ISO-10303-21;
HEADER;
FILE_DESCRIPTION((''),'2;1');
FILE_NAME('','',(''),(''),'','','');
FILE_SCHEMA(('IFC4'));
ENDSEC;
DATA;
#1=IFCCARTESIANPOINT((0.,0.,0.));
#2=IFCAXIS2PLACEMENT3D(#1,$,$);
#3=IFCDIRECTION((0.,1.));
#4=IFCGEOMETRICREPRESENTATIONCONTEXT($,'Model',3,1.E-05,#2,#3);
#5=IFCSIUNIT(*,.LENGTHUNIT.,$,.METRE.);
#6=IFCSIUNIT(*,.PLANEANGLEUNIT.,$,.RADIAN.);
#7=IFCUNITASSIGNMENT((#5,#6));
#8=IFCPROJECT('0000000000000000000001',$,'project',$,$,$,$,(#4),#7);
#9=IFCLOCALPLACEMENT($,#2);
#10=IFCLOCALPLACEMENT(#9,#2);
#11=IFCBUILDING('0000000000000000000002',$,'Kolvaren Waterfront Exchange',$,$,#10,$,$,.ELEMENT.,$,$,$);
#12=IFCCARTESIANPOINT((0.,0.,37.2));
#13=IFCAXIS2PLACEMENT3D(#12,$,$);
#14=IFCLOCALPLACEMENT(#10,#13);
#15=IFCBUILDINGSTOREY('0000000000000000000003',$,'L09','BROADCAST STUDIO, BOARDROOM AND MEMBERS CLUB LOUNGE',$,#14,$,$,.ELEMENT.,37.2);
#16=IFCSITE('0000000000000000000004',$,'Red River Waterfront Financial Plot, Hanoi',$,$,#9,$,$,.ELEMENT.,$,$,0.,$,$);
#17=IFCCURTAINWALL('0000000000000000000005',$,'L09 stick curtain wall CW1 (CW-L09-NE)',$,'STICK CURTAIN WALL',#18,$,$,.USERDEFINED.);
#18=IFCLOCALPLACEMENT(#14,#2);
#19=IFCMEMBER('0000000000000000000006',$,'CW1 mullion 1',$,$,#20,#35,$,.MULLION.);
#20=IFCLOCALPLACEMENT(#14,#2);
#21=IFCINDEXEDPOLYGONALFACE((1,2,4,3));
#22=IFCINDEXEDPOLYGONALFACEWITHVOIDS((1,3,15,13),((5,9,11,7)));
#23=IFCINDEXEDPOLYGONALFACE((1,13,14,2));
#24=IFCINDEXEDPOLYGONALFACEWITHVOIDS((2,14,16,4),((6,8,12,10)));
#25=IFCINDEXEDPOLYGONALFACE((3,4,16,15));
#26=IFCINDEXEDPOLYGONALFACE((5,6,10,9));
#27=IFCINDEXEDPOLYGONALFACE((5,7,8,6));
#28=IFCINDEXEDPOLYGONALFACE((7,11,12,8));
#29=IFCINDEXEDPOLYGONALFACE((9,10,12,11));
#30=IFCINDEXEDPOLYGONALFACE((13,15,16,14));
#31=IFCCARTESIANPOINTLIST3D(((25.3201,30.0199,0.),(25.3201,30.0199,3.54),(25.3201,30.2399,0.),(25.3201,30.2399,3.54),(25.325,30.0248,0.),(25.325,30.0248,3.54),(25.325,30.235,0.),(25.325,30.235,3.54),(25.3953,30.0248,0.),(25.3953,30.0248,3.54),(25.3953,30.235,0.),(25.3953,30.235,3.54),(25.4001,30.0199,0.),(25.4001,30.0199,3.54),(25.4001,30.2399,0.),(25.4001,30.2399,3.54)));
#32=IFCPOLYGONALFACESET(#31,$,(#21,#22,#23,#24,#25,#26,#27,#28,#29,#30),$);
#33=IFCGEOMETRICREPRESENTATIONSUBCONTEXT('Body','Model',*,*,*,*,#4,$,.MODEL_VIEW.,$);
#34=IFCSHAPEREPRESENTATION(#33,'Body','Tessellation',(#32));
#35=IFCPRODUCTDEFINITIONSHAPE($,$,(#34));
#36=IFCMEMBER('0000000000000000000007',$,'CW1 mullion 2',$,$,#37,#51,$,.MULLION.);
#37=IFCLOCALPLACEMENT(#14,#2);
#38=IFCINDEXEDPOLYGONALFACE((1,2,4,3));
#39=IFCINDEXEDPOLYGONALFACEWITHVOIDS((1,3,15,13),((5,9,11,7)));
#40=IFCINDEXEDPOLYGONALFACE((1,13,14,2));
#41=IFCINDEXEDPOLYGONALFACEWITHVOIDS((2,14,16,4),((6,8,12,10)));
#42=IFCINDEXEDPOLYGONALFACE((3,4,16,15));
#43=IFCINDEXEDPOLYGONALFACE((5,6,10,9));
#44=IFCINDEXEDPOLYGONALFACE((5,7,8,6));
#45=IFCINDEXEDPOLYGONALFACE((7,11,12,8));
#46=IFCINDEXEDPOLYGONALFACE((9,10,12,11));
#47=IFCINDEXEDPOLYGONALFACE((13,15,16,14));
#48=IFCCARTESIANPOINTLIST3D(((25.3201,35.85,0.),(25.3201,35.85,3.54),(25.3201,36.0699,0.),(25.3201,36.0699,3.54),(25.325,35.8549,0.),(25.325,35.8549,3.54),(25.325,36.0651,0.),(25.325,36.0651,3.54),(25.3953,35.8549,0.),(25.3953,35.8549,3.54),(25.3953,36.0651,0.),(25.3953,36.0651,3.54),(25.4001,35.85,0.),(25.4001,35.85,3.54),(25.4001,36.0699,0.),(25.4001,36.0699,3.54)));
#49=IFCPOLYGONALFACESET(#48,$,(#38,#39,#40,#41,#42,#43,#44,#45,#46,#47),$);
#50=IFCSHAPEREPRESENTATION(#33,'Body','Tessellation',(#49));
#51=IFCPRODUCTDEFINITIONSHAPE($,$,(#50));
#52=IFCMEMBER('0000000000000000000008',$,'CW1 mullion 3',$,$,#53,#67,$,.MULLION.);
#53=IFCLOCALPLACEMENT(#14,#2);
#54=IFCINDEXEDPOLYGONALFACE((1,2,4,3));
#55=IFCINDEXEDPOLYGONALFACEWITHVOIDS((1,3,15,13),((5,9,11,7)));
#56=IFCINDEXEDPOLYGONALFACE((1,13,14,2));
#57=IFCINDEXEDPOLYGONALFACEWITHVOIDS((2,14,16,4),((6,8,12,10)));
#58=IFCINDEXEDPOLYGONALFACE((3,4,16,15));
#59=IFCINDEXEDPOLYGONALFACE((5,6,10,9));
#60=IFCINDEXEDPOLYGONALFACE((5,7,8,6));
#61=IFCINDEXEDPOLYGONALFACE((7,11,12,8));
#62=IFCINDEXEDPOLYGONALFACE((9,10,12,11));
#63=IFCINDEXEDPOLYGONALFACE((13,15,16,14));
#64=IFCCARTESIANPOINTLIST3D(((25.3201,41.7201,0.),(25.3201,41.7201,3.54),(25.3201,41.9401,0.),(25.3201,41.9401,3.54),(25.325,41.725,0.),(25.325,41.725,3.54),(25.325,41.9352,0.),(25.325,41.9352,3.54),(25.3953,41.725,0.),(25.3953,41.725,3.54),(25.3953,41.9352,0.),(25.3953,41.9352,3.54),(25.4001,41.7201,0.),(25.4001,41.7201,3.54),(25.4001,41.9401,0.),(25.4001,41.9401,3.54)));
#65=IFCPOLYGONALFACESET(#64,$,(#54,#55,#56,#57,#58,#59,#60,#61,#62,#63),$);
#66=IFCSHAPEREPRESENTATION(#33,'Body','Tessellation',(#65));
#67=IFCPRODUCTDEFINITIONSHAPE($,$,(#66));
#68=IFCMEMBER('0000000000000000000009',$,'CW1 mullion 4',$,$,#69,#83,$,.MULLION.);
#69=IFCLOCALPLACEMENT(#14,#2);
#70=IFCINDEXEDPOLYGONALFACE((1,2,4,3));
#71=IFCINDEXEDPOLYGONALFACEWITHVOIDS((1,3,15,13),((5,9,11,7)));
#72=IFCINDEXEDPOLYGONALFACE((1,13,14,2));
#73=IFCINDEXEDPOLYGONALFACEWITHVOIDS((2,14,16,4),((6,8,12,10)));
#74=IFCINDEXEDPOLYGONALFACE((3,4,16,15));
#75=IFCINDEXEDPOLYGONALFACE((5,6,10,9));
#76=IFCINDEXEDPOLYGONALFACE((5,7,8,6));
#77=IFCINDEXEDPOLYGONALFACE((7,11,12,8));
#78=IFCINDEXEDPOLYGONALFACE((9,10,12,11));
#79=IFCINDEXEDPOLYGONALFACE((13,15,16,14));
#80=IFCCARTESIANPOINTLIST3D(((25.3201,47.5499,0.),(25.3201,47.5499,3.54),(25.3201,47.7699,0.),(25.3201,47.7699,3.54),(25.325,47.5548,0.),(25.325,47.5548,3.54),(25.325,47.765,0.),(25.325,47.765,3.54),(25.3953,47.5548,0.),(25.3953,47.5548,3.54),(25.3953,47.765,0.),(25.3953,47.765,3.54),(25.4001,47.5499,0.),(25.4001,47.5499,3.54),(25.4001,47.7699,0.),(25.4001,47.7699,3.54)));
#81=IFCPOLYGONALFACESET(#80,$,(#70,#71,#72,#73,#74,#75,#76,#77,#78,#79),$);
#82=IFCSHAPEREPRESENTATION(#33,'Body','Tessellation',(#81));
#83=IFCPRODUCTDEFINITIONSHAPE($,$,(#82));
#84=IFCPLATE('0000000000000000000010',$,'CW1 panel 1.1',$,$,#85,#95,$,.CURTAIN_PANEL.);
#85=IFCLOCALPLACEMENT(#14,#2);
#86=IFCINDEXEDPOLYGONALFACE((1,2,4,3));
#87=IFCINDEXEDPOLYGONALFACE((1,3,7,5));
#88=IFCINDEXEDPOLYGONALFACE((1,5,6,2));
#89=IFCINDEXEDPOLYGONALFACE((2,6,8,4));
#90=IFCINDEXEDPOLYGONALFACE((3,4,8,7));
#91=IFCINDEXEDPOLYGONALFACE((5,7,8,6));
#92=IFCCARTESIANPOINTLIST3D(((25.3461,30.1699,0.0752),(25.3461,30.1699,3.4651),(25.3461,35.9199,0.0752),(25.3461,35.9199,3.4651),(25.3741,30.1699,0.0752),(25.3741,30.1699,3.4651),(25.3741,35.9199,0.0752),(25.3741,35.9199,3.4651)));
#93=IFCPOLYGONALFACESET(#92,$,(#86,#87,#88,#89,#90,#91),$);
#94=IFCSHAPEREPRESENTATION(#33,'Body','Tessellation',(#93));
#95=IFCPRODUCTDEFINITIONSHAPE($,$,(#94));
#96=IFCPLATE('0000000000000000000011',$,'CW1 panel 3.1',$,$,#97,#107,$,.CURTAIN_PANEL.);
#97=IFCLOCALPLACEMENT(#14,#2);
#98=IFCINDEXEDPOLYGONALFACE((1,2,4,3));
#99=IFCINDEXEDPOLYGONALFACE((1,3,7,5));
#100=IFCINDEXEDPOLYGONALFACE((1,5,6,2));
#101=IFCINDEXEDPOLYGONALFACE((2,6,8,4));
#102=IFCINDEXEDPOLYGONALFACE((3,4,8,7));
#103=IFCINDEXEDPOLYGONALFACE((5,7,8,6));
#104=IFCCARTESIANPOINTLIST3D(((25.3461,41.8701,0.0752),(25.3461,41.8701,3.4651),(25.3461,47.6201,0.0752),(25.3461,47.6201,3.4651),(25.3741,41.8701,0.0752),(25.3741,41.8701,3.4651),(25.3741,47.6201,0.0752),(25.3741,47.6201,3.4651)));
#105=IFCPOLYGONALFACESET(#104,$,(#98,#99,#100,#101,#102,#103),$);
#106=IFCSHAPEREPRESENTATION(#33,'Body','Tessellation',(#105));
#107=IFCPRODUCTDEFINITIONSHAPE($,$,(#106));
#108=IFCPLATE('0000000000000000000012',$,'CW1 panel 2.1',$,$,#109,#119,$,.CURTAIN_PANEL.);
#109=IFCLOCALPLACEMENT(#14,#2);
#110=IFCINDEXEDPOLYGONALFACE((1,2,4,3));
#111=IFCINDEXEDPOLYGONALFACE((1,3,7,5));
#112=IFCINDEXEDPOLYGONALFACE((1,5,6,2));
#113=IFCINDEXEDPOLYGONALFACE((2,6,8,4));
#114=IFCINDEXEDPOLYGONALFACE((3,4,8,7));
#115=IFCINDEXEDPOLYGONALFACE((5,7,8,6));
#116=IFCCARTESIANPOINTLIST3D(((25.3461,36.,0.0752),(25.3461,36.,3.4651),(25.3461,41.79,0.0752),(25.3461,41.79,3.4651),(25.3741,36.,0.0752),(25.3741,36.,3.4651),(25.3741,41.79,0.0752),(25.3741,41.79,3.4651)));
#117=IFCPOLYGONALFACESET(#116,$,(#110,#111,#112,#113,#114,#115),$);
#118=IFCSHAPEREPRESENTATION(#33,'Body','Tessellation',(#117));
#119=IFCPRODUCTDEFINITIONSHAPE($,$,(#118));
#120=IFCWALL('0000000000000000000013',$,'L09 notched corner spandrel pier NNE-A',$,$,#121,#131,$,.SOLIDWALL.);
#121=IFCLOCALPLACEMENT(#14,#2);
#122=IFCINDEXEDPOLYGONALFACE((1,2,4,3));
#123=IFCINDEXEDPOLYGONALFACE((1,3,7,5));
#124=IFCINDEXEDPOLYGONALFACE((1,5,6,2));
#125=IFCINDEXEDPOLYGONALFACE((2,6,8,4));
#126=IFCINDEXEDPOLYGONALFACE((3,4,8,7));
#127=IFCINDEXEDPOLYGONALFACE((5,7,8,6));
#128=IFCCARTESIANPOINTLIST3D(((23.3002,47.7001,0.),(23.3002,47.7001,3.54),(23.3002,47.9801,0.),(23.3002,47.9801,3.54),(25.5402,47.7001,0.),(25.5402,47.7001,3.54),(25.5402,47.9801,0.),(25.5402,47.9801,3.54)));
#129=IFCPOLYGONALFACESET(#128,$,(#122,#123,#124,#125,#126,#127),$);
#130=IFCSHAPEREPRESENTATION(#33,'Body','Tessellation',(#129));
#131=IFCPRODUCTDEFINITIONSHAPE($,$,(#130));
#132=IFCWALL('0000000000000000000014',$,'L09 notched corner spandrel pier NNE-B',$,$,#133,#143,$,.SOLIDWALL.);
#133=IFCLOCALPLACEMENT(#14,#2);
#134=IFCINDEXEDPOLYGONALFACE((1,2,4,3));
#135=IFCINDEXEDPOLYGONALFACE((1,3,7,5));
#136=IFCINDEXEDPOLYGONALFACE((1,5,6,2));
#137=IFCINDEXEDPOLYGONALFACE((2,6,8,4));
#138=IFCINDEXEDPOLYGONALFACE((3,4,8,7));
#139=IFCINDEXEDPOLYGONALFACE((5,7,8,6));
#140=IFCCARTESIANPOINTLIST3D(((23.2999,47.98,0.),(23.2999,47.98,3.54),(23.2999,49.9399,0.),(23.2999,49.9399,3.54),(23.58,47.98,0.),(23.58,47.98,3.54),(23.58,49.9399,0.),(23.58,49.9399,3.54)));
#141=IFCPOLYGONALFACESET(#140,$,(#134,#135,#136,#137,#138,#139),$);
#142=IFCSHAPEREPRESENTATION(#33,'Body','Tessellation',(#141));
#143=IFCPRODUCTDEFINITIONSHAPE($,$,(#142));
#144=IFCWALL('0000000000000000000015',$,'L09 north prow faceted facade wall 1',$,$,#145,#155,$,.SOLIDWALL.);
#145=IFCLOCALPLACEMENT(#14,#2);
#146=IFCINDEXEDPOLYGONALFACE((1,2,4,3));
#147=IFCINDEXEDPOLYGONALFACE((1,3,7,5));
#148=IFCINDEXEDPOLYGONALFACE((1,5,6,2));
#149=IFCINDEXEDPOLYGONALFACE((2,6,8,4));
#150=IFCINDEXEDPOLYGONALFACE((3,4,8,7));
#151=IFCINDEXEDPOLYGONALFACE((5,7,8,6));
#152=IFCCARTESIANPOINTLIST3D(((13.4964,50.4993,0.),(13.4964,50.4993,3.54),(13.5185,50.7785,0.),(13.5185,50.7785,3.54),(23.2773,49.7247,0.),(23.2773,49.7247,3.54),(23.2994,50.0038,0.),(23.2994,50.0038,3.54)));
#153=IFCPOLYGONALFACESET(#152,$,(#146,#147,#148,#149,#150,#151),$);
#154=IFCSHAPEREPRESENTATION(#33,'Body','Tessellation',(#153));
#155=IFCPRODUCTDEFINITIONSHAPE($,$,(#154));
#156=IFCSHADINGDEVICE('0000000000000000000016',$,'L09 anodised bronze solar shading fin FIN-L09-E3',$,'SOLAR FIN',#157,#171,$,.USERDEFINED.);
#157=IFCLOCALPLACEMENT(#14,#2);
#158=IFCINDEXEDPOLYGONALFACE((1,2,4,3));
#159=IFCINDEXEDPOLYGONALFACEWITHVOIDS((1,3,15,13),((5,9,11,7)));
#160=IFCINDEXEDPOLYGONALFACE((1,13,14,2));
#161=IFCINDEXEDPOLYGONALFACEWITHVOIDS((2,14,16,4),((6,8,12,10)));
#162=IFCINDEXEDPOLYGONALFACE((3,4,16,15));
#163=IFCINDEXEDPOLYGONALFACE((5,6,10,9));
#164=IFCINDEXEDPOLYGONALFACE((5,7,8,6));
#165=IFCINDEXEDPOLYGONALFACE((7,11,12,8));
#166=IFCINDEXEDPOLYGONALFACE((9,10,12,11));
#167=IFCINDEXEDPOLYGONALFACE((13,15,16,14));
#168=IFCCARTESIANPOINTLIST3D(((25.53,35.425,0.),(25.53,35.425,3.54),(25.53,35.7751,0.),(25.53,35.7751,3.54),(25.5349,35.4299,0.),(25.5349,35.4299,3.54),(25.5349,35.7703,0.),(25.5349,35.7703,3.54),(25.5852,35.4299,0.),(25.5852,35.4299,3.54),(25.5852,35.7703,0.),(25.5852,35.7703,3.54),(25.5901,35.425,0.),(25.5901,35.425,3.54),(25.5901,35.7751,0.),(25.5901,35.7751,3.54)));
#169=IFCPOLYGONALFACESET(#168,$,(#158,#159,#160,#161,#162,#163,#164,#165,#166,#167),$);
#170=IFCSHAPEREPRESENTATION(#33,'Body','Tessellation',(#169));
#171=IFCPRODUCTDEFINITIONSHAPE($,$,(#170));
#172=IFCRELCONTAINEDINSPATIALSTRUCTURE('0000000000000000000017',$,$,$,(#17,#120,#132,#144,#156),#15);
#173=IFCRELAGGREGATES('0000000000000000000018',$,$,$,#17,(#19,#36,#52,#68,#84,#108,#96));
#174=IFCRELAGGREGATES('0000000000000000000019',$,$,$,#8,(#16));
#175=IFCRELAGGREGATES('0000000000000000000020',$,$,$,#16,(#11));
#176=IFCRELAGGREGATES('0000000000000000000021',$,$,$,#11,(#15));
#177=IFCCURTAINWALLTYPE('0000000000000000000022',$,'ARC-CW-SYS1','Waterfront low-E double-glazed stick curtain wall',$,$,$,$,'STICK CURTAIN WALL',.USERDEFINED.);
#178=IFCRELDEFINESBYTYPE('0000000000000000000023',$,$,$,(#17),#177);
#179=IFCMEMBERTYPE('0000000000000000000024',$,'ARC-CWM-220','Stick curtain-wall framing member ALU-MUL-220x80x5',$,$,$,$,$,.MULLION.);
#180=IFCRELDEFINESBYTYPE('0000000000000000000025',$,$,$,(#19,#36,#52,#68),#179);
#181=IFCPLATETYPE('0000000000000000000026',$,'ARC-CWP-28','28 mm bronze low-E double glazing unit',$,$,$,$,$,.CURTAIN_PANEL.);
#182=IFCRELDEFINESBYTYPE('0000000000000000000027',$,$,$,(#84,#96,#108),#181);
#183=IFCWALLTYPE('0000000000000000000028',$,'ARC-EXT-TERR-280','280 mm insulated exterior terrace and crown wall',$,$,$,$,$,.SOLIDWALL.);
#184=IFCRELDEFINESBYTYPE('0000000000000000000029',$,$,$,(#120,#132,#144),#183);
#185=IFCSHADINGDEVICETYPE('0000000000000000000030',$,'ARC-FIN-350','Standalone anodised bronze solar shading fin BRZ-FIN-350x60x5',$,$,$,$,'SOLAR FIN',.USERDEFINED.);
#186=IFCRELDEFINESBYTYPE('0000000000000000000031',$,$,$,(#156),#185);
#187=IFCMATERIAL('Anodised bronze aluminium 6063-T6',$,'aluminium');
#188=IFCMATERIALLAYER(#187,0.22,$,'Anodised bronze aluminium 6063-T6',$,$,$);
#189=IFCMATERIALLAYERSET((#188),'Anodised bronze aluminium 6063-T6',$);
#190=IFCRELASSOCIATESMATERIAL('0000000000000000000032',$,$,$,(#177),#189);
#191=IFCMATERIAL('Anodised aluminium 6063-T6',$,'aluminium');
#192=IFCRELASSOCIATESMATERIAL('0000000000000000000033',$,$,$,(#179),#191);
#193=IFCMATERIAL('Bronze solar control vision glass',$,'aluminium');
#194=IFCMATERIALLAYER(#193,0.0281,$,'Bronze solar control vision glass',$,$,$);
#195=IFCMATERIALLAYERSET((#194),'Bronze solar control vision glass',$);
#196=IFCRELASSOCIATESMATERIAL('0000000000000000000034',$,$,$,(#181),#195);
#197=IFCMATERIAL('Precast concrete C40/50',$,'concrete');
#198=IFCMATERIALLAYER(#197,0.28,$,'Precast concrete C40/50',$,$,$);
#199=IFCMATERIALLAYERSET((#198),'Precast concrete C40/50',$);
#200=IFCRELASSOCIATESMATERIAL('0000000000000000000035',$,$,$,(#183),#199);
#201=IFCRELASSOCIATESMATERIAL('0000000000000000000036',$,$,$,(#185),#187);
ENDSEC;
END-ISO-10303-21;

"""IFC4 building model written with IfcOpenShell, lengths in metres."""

from ifc_helpers import new_model, si_unit, direction, frame, frame_2d, origin, origin_with_axes, origin_2d, place, context, subcontext, project, spatial, rectangle, hollow_rectangle, extrude, source, transform, mapped, material, layer, layer_set, material_profile, profile_set, type_object, element, aggregate, save


model = new_model("IFC4")

# Units and contexts
model_context = context("Model", 3, precision=1e-05, world=origin(), true_north=direction((0.0, 1.0)))
body_context = subcontext(model_context, "Body", "Model", "MODEL_VIEW")
ifc_project = project(units=[si_unit("LENGTHUNIT", "METRE"), si_unit("PLANEANGLEUNIT", "RADIAN")], contexts=[model_context])

# Site, building, storey
site_placement = place(None, origin())
site = spatial("IfcSite", under=ifc_project, at=site_placement, Name="Red River Waterfront Financial Plot, Hanoi", CompositionType="ELEMENT", RefElevation=0.0)
building_placement = place(site_placement, origin())
building = spatial("IfcBuilding", under=site, at=building_placement, Name="Kolvaren Waterfront Exchange", CompositionType="ELEMENT")
storey_placement = place(building_placement, frame((0.0, 0.0, 37.2)))
storey = spatial("IfcBuildingStorey", under=building, at=storey_placement, Name="L09", Description="BROADCAST STUDIO, BOARDROOM AND MEMBERS CLUB LOUNGE", CompositionType="ELEMENT", Elevation=37.2)

# Curtain wall, members, plates
ifc_material_1 = material(Name="Anodised bronze aluminium 6063-T6", Category="aluminium")
ifc_layer_1 = layer(ifc_material_1, 0.22, Name="Anodised bronze aluminium 6063-T6")
ifc_layer_set_1 = layer_set([ifc_layer_1], Name="Anodised bronze aluminium 6063-T6")
curtain_wall_type = type_object("IfcCurtainWallType", Name="ARC-CW-SYS1", Description="Waterfront low-E double-glazed stick curtain wall", ElementType="STICK CURTAIN WALL", PredefinedType="USERDEFINED", material=ifc_layer_set_1)
curtain_wall_placement = place(storey_placement, origin())
curtain_wall = element("IfcCurtainWall", 1, at=curtain_wall_placement, inside=storey, type_object=curtain_wall_type, Name="L09 stick curtain wall CW1 (CW-L09-NE)", ObjectType="STICK CURTAIN WALL", PredefinedType="USERDEFINED")
ifc_material_2 = material(Name="Anodised aluminium 6063-T6", Category="aluminium")
ifc_material_profile_1 = material_profile(ifc_material_2, hollow_rectangle(XDim=0.0801, YDim=0.22, WallThickness=0.0049, at=origin_2d()), Name="ALU-MUL-220x80x5")
ifc_profile_set_1 = profile_set([ifc_material_profile_1], Name="Anodised aluminium 6063-T6")
member_type_1 = type_object("IfcMemberType", Name="ARC-CWM-220", Description="Stick curtain-wall framing member ALU-MUL-220x80x5", PredefinedType="MULLION", material=ifc_profile_set_1)
shared_shape_1 = source(origin_with_axes(), body_context, "Body", "SweptSolid", [
    extrude(hollow_rectangle(XDim=0.0801, YDim=0.22, WallThickness=0.0049, at=origin_2d()), origin(), (0.0, 0.0, 1.0), 3.54),
])
member_1_placement = place(storey_placement, frame((25.3601, 30.1299, 0.0), z_axis=(0.0, 0.0, 1.0), x_axis=(-1.0, 0.0, 0.0)))
member_1 = element("IfcMember", 2, at=member_1_placement, type_object=member_type_1, Name="CW1 mullion 1", PredefinedType="MULLION", context=body_context, shape_type="MappedRepresentation", body=[
    mapped(shared_shape_1, transform((0.0, 0.0, 0.0), x_axis=(1.0, 0.0, 0.0), y_axis=(0.0, 1.0, 0.0), z_axis=(0.0, 0.0, 1.0), scale=1.0)),
])
member_2_placement = place(storey_placement, frame((25.3601, 35.96, 0.0), z_axis=(0.0, 0.0, 1.0), x_axis=(-1.0, 0.0, 0.0)))
member_2 = element("IfcMember", 3, at=member_2_placement, type_object=member_type_1, Name="CW1 mullion 2", PredefinedType="MULLION", context=body_context, shape_type="MappedRepresentation", body=[
    mapped(shared_shape_1, transform((0.0, 0.0, 0.0), x_axis=(1.0, 0.0, 0.0), y_axis=(0.0, 1.0, 0.0), z_axis=(0.0, 0.0, 1.0), scale=1.0)),
])
member_3_placement = place(storey_placement, frame((25.3601, 41.8301, 0.0), z_axis=(0.0, 0.0, 1.0), x_axis=(-1.0, 0.0, 0.0)))
member_3 = element("IfcMember", 4, at=member_3_placement, type_object=member_type_1, Name="CW1 mullion 3", PredefinedType="MULLION", context=body_context, shape_type="MappedRepresentation", body=[
    mapped(shared_shape_1, transform((0.0, 0.0, 0.0), x_axis=(1.0, 0.0, 0.0), y_axis=(0.0, 1.0, 0.0), z_axis=(0.0, 0.0, 1.0), scale=1.0)),
])
member_4_placement = place(storey_placement, frame((25.3601, 47.6599, 0.0), z_axis=(0.0, 0.0, 1.0), x_axis=(-1.0, 0.0, 0.0)))
member_4 = element("IfcMember", 5, at=member_4_placement, type_object=member_type_1, Name="CW1 mullion 4", PredefinedType="MULLION", context=body_context, shape_type="MappedRepresentation", body=[
    mapped(shared_shape_1, transform((0.0, 0.0, 0.0), x_axis=(1.0, 0.0, 0.0), y_axis=(0.0, 1.0, 0.0), z_axis=(0.0, 0.0, 1.0), scale=1.0)),
])
ifc_material_3 = material(Name="Bronze solar control vision glass", Category="aluminium")
ifc_layer_2 = layer(ifc_material_3, 0.0281, Name="Bronze solar control vision glass")
ifc_layer_set_2 = layer_set([ifc_layer_2], Name="Bronze solar control vision glass")
plate_type = type_object("IfcPlateType", Name="ARC-CWP-28", Description="28 mm bronze low-E double glazing unit", PredefinedType="CURTAIN_PANEL", material=ifc_layer_set_2)
shared_shape_2 = source(origin_with_axes(), body_context, "Body", "SweptSolid", [
    extrude(rectangle(XDim=5.75, YDim=0.0281, at=origin_2d()), origin(), (0.0, 0.0, 1.0), 3.3899),
])
plate_1_placement = place(storey_placement, frame((25.3601, 33.0449, 0.0752), z_axis=(0.0, 0.0, 1.0), x_axis=(0.0, 1.0, 0.0)))
plate_1 = element("IfcPlate", 6, at=plate_1_placement, type_object=plate_type, Name="CW1 panel 1.1", PredefinedType="CURTAIN_PANEL", context=body_context, shape_type="MappedRepresentation", body=[
    mapped(shared_shape_2, transform((0.0, 0.0, 0.0), x_axis=(1.0, 0.0, 0.0), y_axis=(0.0, 1.0, 0.0), z_axis=(0.0, 0.0, 1.0), scale=1.0)),
])
plate_2_placement = place(storey_placement, frame((25.3601, 44.7451, 0.0752), z_axis=(0.0, 0.0, 1.0), x_axis=(0.0, 1.0, 0.0)))
plate_2 = element("IfcPlate", 7, at=plate_2_placement, type_object=plate_type, Name="CW1 panel 3.1", PredefinedType="CURTAIN_PANEL", context=body_context, shape_type="MappedRepresentation", body=[
    mapped(shared_shape_2, transform((0.0, 0.0, 0.0), x_axis=(1.0, 0.0, 0.0), y_axis=(0.0, 1.0, 0.0), z_axis=(0.0, 0.0, 1.0), scale=1.0)),
])
shared_shape_3 = source(origin_with_axes(), body_context, "Body", "SweptSolid", [
    extrude(rectangle(XDim=5.79, YDim=0.0281, at=origin_2d()), origin(), (0.0, 0.0, 1.0), 3.3899),
])
plate_3_placement = place(storey_placement, frame((25.3601, 38.895, 0.0752), z_axis=(0.0, 0.0, 1.0), x_axis=(0.0, 1.0, 0.0)))
plate_3 = element("IfcPlate", 8, at=plate_3_placement, type_object=plate_type, Name="CW1 panel 2.1", PredefinedType="CURTAIN_PANEL", context=body_context, shape_type="MappedRepresentation", body=[
    mapped(shared_shape_3, transform((0.0, 0.0, 0.0), x_axis=(1.0, 0.0, 0.0), y_axis=(0.0, 1.0, 0.0), z_axis=(0.0, 0.0, 1.0), scale=1.0)),
])
aggregate(curtain_wall, [member_1, member_2, member_3, member_4, plate_1, plate_3, plate_2])

# Walls
ifc_material_4 = material(Name="Precast concrete C40/50", Category="concrete")
ifc_layer_3 = layer(ifc_material_4, 0.28, Name="Precast concrete C40/50")
ifc_layer_set_3 = layer_set([ifc_layer_3], Name="Precast concrete C40/50")
wall_type = type_object("IfcWallType", Name="ARC-EXT-TERR-280", Description="280 mm insulated exterior terrace and crown wall", PredefinedType="SOLIDWALL", material=ifc_layer_set_3)
wall_1_placement = place(storey_placement, frame((23.3, 47.8401, 0.0), z_axis=(0.0, 0.0, 1.0), x_axis=(1.0, 0.0, 0.0)))
element("IfcWall", 9, at=wall_1_placement, inside=storey, type_object=wall_type, Name="L09 notched corner spandrel pier NNE-A", PredefinedType="SOLIDWALL", context=body_context, shape_type="SweptSolid", body=[
    extrude(rectangle(XDim=2.24, YDim=0.28, at=frame_2d((1.1201, 0.0))), origin(), (0.0, 0.0, 1.0), 3.54),
])
wall_2_placement = place(storey_placement, frame((23.4399, 47.98, 0.0), z_axis=(0.0, 0.0, 1.0), x_axis=(0.0, 1.0, 0.0)))
element("IfcWall", 10, at=wall_2_placement, inside=storey, type_object=wall_type, Name="L09 notched corner spandrel pier NNE-B", PredefinedType="SOLIDWALL", context=body_context, shape_type="SweptSolid", body=[
    extrude(rectangle(XDim=1.96, YDim=0.28, at=frame_2d((0.98, 0.0))), origin(), (0.0, 0.0, 1.0), 3.54),
])
wall_3_placement = place(storey_placement, frame((23.2883, 49.8643, 0.0), z_axis=(0.0, 0.0, 1.0), x_axis=(-0.996878, 0.078953, 0.0)))
element("IfcWall", 11, at=wall_3_placement, inside=storey, type_object=wall_type, Name="L09 north prow faceted facade wall 1", PredefinedType="SOLIDWALL", context=body_context, shape_type="SweptSolid", body=[
    extrude(rectangle(XDim=9.8115, YDim=0.28, at=frame_2d((4.9058, 0.0))), origin(), (0.0, 0.0, 1.0), 3.54),
])

# Shading device
ifc_material_profile_2 = material_profile(ifc_material_1, hollow_rectangle(XDim=0.0601, YDim=0.3501, WallThickness=0.0049, at=origin_2d()), Name="BRZ-FIN-350x60x5")
ifc_profile_set_2 = profile_set([ifc_material_profile_2], Name="Anodised bronze aluminium 6063-T6")
shading_device_type = type_object("IfcShadingDeviceType", Name="ARC-FIN-350", Description="Standalone anodised bronze solar shading fin BRZ-FIN-350x60x5", ElementType="SOLAR FIN", PredefinedType="USERDEFINED", material=ifc_profile_set_2)
shading_device_placement = place(storey_placement, frame((25.5601, 35.6001, 0.0), z_axis=(0.0, 0.0, 1.0), x_axis=(1.0, 0.0, 0.0)))
element("IfcShadingDevice", 12, at=shading_device_placement, inside=storey, type_object=shading_device_type, Name="L09 anodised bronze solar shading fin FIN-L09-E3", ObjectType="SOLAR FIN", PredefinedType="USERDEFINED", context=body_context, shape_type="SweptSolid", body=[
    extrude(hollow_rectangle(XDim=0.0601, YDim=0.3501, WallThickness=0.0049, at=origin_2d()), origin(), (0.0, 0.0, 1.0), 3.54),
])

save(model, "model.ifc")
